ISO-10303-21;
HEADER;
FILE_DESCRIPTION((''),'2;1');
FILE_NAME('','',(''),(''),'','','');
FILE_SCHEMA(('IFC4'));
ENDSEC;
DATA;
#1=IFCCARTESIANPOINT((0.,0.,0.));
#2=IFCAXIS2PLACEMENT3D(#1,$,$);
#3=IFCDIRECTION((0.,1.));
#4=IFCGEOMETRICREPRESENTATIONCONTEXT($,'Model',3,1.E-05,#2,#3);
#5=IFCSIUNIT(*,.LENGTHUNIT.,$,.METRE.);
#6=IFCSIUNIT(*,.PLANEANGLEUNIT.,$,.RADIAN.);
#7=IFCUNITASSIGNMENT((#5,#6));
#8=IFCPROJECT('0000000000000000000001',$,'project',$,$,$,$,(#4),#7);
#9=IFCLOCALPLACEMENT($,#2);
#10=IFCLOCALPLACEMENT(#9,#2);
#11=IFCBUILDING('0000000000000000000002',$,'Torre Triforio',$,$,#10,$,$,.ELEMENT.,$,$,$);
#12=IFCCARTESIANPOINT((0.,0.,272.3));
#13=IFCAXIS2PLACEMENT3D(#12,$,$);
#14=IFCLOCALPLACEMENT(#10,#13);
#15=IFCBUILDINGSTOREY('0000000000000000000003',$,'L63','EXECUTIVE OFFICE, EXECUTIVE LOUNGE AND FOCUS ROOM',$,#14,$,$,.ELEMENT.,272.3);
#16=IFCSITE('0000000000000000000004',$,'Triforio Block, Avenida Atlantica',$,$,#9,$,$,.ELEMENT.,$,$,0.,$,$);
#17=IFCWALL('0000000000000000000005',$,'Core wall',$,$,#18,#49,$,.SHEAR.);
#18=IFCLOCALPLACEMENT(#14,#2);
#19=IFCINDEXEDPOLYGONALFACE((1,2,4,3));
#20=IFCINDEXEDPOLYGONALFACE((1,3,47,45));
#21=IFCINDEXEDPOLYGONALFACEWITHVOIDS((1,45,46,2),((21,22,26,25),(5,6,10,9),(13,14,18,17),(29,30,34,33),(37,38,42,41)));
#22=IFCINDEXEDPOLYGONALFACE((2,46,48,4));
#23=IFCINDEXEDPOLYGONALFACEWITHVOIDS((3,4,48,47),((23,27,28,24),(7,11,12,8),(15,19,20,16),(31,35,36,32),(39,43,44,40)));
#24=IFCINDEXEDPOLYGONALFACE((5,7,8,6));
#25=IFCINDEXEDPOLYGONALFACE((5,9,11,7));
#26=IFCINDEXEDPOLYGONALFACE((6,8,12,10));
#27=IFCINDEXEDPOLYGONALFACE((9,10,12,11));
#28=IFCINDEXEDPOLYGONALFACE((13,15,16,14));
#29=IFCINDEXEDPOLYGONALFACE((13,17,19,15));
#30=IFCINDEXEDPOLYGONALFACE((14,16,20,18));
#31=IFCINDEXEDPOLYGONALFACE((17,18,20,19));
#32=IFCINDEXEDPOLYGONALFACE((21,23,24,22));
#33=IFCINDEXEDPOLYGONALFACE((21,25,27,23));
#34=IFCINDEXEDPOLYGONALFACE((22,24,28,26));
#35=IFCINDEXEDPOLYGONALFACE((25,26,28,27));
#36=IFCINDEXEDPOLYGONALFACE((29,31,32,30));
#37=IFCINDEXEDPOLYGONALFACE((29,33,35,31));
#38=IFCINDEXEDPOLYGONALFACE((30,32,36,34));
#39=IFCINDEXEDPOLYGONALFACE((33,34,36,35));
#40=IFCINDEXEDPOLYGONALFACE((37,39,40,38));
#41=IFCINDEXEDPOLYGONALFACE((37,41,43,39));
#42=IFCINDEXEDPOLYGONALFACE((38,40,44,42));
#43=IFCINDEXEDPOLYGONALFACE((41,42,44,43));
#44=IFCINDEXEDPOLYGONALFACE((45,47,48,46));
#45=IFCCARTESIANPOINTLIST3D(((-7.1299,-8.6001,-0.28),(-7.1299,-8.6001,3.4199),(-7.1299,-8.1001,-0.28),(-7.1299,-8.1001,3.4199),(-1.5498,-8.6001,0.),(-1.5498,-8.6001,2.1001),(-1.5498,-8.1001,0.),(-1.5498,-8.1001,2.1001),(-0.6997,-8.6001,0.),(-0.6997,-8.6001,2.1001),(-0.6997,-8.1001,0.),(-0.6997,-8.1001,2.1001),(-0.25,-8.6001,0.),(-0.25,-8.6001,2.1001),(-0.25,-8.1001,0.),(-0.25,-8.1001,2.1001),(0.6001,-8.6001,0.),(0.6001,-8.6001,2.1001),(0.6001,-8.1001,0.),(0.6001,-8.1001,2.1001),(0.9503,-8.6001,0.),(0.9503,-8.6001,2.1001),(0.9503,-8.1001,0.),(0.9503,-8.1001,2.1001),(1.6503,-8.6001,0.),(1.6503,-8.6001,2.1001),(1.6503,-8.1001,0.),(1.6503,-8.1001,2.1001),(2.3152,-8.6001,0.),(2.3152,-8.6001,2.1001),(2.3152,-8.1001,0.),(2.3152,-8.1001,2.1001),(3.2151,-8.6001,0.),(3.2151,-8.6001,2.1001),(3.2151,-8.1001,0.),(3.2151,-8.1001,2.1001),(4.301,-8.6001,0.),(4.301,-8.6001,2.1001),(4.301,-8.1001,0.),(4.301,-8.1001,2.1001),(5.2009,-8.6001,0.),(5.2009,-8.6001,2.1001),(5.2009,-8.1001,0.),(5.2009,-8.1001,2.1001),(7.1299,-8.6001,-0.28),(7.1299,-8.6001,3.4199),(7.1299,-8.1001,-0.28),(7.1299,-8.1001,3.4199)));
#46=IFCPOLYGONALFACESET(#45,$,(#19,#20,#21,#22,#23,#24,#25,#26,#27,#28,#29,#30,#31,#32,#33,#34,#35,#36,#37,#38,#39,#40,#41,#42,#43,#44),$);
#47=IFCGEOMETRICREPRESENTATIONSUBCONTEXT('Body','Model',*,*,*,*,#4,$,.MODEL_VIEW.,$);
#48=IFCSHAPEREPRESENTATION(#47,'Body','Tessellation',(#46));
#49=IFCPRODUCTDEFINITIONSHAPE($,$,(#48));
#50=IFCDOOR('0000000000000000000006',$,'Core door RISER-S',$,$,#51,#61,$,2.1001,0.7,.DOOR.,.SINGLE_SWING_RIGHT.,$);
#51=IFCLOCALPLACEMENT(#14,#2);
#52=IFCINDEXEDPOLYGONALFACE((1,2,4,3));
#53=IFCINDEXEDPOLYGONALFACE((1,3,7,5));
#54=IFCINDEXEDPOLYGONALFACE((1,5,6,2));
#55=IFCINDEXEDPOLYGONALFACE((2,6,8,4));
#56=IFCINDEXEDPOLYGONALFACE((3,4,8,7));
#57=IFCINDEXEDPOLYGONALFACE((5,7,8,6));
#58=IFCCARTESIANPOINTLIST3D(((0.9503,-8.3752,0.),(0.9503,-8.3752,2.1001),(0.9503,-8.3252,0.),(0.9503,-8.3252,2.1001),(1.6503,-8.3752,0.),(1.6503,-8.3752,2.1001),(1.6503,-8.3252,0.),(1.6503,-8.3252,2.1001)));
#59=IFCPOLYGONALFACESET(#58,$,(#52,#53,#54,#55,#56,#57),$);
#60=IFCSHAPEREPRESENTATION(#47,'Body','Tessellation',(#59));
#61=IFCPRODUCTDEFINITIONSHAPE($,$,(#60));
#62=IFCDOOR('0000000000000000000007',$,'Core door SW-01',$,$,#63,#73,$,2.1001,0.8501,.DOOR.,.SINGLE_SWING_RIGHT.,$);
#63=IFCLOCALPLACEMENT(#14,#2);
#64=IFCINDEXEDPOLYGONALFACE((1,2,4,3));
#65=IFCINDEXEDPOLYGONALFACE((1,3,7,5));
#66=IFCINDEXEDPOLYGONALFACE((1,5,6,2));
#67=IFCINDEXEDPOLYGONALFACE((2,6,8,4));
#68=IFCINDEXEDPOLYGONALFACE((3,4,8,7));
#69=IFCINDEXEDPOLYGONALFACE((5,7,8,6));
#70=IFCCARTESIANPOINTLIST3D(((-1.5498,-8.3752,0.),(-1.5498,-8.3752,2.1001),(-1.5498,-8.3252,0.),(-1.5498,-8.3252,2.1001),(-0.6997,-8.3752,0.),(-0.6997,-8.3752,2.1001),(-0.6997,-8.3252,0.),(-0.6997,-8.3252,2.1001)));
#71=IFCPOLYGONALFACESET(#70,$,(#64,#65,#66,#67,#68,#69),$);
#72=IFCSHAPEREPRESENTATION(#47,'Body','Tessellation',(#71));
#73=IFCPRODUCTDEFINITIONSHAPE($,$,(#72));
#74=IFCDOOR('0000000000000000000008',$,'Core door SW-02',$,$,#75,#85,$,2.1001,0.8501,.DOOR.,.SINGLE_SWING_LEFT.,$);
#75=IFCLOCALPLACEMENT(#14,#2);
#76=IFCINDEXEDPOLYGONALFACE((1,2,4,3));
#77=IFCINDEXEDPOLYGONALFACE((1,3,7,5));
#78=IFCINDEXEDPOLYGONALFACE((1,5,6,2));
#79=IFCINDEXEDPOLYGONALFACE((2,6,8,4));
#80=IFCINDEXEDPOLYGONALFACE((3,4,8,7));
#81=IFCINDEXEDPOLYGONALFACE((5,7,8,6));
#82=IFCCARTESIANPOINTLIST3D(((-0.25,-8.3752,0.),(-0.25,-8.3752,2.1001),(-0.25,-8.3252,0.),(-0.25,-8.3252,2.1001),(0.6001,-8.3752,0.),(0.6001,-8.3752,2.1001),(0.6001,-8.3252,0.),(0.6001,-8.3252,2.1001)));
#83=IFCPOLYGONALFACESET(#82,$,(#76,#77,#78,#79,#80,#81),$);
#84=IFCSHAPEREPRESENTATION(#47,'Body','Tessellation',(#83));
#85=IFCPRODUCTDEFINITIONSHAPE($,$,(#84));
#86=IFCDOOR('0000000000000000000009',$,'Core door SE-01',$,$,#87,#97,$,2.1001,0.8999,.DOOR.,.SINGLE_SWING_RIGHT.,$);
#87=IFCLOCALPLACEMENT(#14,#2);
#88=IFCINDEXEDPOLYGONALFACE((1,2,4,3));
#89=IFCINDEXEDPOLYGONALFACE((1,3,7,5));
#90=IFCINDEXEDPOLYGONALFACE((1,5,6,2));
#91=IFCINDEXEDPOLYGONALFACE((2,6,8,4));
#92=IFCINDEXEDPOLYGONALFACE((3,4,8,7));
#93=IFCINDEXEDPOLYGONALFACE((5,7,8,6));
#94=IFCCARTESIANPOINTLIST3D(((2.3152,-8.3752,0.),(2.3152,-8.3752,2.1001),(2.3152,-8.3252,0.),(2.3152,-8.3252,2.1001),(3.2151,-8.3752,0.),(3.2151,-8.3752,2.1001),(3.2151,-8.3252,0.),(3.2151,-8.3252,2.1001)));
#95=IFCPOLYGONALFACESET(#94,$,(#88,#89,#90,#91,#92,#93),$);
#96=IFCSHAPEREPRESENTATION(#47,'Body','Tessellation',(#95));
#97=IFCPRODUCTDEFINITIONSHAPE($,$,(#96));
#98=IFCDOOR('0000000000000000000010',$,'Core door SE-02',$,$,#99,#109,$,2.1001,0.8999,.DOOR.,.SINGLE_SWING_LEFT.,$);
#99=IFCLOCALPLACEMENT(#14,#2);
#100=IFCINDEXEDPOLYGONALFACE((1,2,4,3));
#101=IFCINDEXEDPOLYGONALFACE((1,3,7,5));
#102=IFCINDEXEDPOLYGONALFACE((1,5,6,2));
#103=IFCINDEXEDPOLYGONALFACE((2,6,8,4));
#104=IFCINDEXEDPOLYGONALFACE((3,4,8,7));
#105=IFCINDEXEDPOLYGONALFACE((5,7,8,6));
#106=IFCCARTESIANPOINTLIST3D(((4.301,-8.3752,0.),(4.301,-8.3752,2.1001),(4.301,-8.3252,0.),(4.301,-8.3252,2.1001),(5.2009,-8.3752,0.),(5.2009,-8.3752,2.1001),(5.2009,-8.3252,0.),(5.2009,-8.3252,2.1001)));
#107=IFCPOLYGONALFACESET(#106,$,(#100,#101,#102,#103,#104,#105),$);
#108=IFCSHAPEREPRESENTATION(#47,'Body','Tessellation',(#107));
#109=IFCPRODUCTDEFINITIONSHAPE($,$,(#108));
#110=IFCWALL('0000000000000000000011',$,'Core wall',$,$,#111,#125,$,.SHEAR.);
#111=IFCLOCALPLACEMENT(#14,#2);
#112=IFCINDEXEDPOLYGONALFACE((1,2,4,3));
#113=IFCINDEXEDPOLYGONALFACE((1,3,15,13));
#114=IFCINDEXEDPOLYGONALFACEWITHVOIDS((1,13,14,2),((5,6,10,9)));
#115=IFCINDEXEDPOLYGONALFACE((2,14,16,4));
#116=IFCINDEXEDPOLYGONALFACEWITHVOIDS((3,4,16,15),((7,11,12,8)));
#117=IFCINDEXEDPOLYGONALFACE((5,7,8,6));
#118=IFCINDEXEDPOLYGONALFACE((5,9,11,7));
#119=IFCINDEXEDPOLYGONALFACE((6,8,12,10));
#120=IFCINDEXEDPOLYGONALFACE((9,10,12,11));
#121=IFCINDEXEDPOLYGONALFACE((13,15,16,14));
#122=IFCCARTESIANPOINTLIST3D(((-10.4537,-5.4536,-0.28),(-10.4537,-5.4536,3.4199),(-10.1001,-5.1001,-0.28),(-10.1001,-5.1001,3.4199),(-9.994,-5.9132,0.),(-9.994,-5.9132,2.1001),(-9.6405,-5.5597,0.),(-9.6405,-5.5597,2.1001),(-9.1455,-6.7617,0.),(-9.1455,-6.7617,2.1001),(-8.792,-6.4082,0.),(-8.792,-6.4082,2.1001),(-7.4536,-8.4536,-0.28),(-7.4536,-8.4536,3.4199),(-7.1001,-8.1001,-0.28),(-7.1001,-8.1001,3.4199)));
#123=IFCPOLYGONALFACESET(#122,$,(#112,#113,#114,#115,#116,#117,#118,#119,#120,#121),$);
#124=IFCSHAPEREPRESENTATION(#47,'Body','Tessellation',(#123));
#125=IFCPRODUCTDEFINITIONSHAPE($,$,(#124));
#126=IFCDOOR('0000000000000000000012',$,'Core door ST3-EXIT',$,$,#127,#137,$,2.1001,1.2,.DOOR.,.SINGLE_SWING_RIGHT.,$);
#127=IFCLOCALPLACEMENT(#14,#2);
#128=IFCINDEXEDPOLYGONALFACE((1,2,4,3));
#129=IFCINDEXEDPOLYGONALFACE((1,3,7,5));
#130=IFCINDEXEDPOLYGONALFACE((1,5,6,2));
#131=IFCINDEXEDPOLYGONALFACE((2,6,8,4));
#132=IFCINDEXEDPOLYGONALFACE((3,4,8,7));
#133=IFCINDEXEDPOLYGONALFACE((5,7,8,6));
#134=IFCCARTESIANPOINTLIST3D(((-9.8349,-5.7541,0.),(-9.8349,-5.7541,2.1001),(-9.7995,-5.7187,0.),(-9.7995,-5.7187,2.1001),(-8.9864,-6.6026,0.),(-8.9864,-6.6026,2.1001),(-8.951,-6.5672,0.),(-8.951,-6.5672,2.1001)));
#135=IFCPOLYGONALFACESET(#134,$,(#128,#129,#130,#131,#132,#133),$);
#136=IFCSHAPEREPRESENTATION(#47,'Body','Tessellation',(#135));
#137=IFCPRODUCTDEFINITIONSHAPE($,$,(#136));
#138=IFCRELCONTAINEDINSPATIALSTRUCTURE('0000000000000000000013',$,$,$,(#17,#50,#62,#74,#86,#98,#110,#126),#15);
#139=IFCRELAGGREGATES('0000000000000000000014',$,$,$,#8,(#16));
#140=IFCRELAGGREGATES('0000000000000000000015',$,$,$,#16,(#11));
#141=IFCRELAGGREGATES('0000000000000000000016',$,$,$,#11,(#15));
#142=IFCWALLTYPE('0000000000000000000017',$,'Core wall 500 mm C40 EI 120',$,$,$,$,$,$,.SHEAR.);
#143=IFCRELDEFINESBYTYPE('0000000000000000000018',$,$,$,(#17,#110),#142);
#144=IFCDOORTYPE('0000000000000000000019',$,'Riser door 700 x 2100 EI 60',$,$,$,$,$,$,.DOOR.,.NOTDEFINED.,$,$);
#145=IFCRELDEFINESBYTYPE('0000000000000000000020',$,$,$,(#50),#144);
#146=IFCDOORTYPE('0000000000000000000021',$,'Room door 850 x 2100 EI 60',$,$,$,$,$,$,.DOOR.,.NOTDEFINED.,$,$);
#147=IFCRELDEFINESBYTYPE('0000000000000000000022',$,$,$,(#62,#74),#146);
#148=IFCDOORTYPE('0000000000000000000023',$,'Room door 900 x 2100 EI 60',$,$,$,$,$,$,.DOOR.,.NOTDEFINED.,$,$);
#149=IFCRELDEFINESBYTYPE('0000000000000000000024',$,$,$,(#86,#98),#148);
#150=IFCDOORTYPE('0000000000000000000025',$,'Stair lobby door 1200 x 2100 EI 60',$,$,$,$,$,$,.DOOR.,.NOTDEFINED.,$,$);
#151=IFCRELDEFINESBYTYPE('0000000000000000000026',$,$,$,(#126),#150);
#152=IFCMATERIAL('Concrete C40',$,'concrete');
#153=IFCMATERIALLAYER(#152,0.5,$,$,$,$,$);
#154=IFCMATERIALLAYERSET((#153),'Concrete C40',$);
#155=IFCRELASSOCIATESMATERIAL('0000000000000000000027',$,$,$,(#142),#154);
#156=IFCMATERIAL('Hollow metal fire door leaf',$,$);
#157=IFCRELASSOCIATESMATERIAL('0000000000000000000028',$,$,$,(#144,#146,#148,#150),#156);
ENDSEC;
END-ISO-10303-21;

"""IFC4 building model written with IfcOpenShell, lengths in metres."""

from ifc_helpers import new_model, si_unit, direction, frame, frame_2d, origin, place, context, subcontext, project, spatial, rectangle, extrude, material, layer, layer_set, type_object, element, fill, save


model = new_model("IFC4")

# Units and contexts
model_context = context("Model", 3, precision=1e-05, world=origin(), true_north=direction((0.0, 1.0)))
body_context = subcontext(model_context, "Body", "Model", "MODEL_VIEW")
ifc_project = project(units=[si_unit("LENGTHUNIT", "METRE"), si_unit("PLANEANGLEUNIT", "RADIAN")], contexts=[model_context])

# Site, building, storey
site_placement = place(None, origin())
site = spatial("IfcSite", under=ifc_project, at=site_placement, Name="Triforio Block, Avenida Atlantica", CompositionType="ELEMENT", RefElevation=0.0)
building_placement = place(site_placement, origin())
building = spatial("IfcBuilding", under=site, at=building_placement, Name="Torre Triforio", CompositionType="ELEMENT")
storey_placement = place(building_placement, frame((0.0, 0.0, 272.3)))
storey = spatial("IfcBuildingStorey", under=building, at=storey_placement, Name="L63", Description="EXECUTIVE OFFICE, EXECUTIVE LOUNGE AND FOCUS ROOM", CompositionType="ELEMENT", Elevation=272.3)

# Shared definitions
ifc_material_1 = material(Name="Concrete C40", Category="concrete")

# Wall, openings, doors
ifc_layer_1 = layer(ifc_material_1, 0.5)
ifc_layer_set_1 = layer_set([ifc_layer_1], Name="Concrete C40")
wall_type_1 = type_object("IfcWallType", Name="Core wall 500 mm C40 EI 120", PredefinedType="SHEAR", material=ifc_layer_set_1)
wall_1_placement = place(storey_placement, frame((-7.1299, -8.3501, -0.28), z_axis=(0.0, 0.0, 1.0), x_axis=(1.0, 0.0, 0.0)))
wall_1 = element("IfcWall", 1, at=wall_1_placement, inside=storey, type_object=wall_type_1, Name="Core wall", PredefinedType="SHEAR", context=body_context, shape_type="SweptSolid", body=[
    extrude(rectangle(XDim=14.2598, YDim=0.5, at=frame_2d((7.1299, 0.0))), origin(), (0.0, 0.0, 1.0), 3.7),
])
opening_1_placement = place(wall_1_placement, frame((8.0801, 0.0, 0.28)))
opening_1 = element("IfcOpeningElement", 2, at=opening_1_placement, cuts=wall_1, PredefinedType="OPENING", context=body_context, shape_type="SweptSolid", body=[
    extrude(rectangle(XDim=0.7, YDim=2.1001, at=frame_2d((0.3501, 1.05))), frame((0.0, 0.26, 0.0), z_axis=(0.0, -1.0, 0.0), x_axis=(1.0, 0.0, 0.0)), (0.0, 0.0, 1.0), 0.52),
])
opening_2_placement = place(wall_1_placement, frame((5.5801, 0.0, 0.28)))
opening_2 = element("IfcOpeningElement", 3, at=opening_2_placement, cuts=wall_1, PredefinedType="OPENING", context=body_context, shape_type="SweptSolid", body=[
    extrude(rectangle(XDim=0.8501, YDim=2.1001, at=frame_2d((0.425, 1.05))), frame((0.0, 0.26, 0.0), z_axis=(0.0, -1.0, 0.0), x_axis=(1.0, 0.0, 0.0)), (0.0, 0.0, 1.0), 0.52),
])
opening_3_placement = place(wall_1_placement, frame((6.8799, 0.0, 0.28)))
opening_3 = element("IfcOpeningElement", 4, at=opening_3_placement, cuts=wall_1, PredefinedType="OPENING", context=body_context, shape_type="SweptSolid", body=[
    extrude(rectangle(XDim=0.8501, YDim=2.1001, at=frame_2d((0.425, 1.05))), frame((0.0, 0.26, 0.0), z_axis=(0.0, -1.0, 0.0), x_axis=(1.0, 0.0, 0.0)), (0.0, 0.0, 1.0), 0.52),
])
opening_4_placement = place(wall_1_placement, frame((9.4451, 0.0, 0.28)))
opening_4 = element("IfcOpeningElement", 5, at=opening_4_placement, cuts=wall_1, PredefinedType="OPENING", context=body_context, shape_type="SweptSolid", body=[
    extrude(rectangle(XDim=0.8999, YDim=2.1001, at=frame_2d((0.45, 1.05))), frame((0.0, 0.26, 0.0), z_axis=(0.0, -1.0, 0.0), x_axis=(1.0, 0.0, 0.0)), (0.0, 0.0, 1.0), 0.52),
])
opening_5_placement = place(wall_1_placement, frame((11.4309, 0.0, 0.28)))
opening_5 = element("IfcOpeningElement", 6, at=opening_5_placement, cuts=wall_1, PredefinedType="OPENING", context=body_context, shape_type="SweptSolid", body=[
    extrude(rectangle(XDim=0.8999, YDim=2.1001, at=frame_2d((0.45, 1.05))), frame((0.0, 0.26, 0.0), z_axis=(0.0, -1.0, 0.0), x_axis=(1.0, 0.0, 0.0)), (0.0, 0.0, 1.0), 0.52),
])
ifc_material_2 = material(Name="Hollow metal fire door leaf")
door_type_1 = type_object("IfcDoorType", Name="Riser door 700 x 2100 EI 60", OperationType="NOTDEFINED", PredefinedType="DOOR", material=ifc_material_2)
door_1_placement = place(opening_1_placement, origin())
door_1 = element("IfcDoor", 7, at=door_1_placement, inside=storey, type_object=door_type_1, Name="Core door RISER-S", OperationType="SINGLE_SWING_RIGHT", OverallHeight=2.1001, OverallWidth=0.7, PredefinedType="DOOR", context=body_context, shape_type="SweptSolid", body=[
    extrude(rectangle(XDim=0.7, YDim=2.1001, at=frame_2d((0.3501, 1.05))), frame((0.0, 0.0249, 0.0), z_axis=(0.0, -1.0, 0.0), x_axis=(1.0, 0.0, 0.0)), (0.0, 0.0, 1.0), 0.05),
])
fill(opening_1, door_1)
door_type_2 = type_object("IfcDoorType", Name="Room door 850 x 2100 EI 60", OperationType="NOTDEFINED", PredefinedType="DOOR", material=ifc_material_2)
door_2_placement = place(opening_2_placement, origin())
door_2 = element("IfcDoor", 8, at=door_2_placement, inside=storey, type_object=door_type_2, Name="Core door SW-01", OperationType="SINGLE_SWING_RIGHT", OverallHeight=2.1001, OverallWidth=0.8501, PredefinedType="DOOR", context=body_context, shape_type="SweptSolid", body=[
    extrude(rectangle(XDim=0.8501, YDim=2.1001, at=frame_2d((0.425, 1.05))), frame((0.0, 0.0249, 0.0), z_axis=(0.0, -1.0, 0.0), x_axis=(1.0, 0.0, 0.0)), (0.0, 0.0, 1.0), 0.05),
])
fill(opening_2, door_2)
door_3_placement = place(opening_3_placement, origin())
door_3 = element("IfcDoor", 9, at=door_3_placement, inside=storey, type_object=door_type_2, Name="Core door SW-02", OperationType="SINGLE_SWING_LEFT", OverallHeight=2.1001, OverallWidth=0.8501, PredefinedType="DOOR", context=body_context, shape_type="SweptSolid", body=[
    extrude(rectangle(XDim=0.8501, YDim=2.1001, at=frame_2d((0.425, 1.05))), frame((0.0, 0.0249, 0.0), z_axis=(0.0, -1.0, 0.0), x_axis=(1.0, 0.0, 0.0)), (0.0, 0.0, 1.0), 0.05),
])
fill(opening_3, door_3)
door_type_3 = type_object("IfcDoorType", Name="Room door 900 x 2100 EI 60", OperationType="NOTDEFINED", PredefinedType="DOOR", material=ifc_material_2)
door_4_placement = place(opening_4_placement, origin())
door_4 = element("IfcDoor", 10, at=door_4_placement, inside=storey, type_object=door_type_3, Name="Core door SE-01", OperationType="SINGLE_SWING_RIGHT", OverallHeight=2.1001, OverallWidth=0.8999, PredefinedType="DOOR", context=body_context, shape_type="SweptSolid", body=[
    extrude(rectangle(XDim=0.8999, YDim=2.1001, at=frame_2d((0.45, 1.05))), frame((0.0, 0.0249, 0.0), z_axis=(0.0, -1.0, 0.0), x_axis=(1.0, 0.0, 0.0)), (0.0, 0.0, 1.0), 0.05),
])
fill(opening_4, door_4)
door_5_placement = place(opening_5_placement, origin())
door_5 = element("IfcDoor", 11, at=door_5_placement, inside=storey, type_object=door_type_3, Name="Core door SE-02", OperationType="SINGLE_SWING_LEFT", OverallHeight=2.1001, OverallWidth=0.8999, PredefinedType="DOOR", context=body_context, shape_type="SweptSolid", body=[
    extrude(rectangle(XDim=0.8999, YDim=2.1001, at=frame_2d((0.45, 1.05))), frame((0.0, 0.0249, 0.0), z_axis=(0.0, -1.0, 0.0), x_axis=(1.0, 0.0, 0.0)), (0.0, 0.0, 1.0), 0.05),
])
fill(opening_5, door_5)

# Wall, opening, door
wall_2_placement = place(storey_placement, frame((-7.2769, -8.2769, -0.28), z_axis=(0.0, 0.0, 1.0), x_axis=(-0.707107, 0.707107, 0.0)))
wall_2 = element("IfcWall", 12, at=wall_2_placement, inside=storey, type_object=wall_type_1, Name="Core wall", PredefinedType="SHEAR", context=body_context, shape_type="SweptSolid", body=[
    extrude(rectangle(XDim=4.2427, YDim=0.5, at=frame_2d((2.1213, 0.0))), origin(), (0.0, 0.0, 1.0), 3.7),
])
opening_6_placement = place(wall_2_placement, frame((2.3926, 0.0, 0.28)))
opening_6 = element("IfcOpeningElement", 13, at=opening_6_placement, cuts=wall_2, PredefinedType="OPENING", context=body_context, shape_type="SweptSolid", body=[
    extrude(rectangle(XDim=1.2, YDim=2.1001, at=frame_2d((0.6001, 1.05))), frame((0.0, 0.26, 0.0), z_axis=(0.0, -1.0, 0.0), x_axis=(1.0, 0.0, 0.0)), (0.0, 0.0, 1.0), 0.52),
])
door_type_4 = type_object("IfcDoorType", Name="Stair lobby door 1200 x 2100 EI 60", OperationType="NOTDEFINED", PredefinedType="DOOR", material=ifc_material_2)
door_6_placement = place(opening_6_placement, origin())
door_6 = element("IfcDoor", 14, at=door_6_placement, inside=storey, type_object=door_type_4, Name="Core door ST3-EXIT", OperationType="SINGLE_SWING_RIGHT", OverallHeight=2.1001, OverallWidth=1.2, PredefinedType="DOOR", context=body_context, shape_type="SweptSolid", body=[
    extrude(rectangle(XDim=1.2, YDim=2.1001, at=frame_2d((0.6001, 1.05))), frame((0.0, 0.0249, 0.0), z_axis=(0.0, -1.0, 0.0), x_axis=(1.0, 0.0, 0.0)), (0.0, 0.0, 1.0), 0.05),
])
fill(opening_6, door_6)

save(model, "model.ifc")
